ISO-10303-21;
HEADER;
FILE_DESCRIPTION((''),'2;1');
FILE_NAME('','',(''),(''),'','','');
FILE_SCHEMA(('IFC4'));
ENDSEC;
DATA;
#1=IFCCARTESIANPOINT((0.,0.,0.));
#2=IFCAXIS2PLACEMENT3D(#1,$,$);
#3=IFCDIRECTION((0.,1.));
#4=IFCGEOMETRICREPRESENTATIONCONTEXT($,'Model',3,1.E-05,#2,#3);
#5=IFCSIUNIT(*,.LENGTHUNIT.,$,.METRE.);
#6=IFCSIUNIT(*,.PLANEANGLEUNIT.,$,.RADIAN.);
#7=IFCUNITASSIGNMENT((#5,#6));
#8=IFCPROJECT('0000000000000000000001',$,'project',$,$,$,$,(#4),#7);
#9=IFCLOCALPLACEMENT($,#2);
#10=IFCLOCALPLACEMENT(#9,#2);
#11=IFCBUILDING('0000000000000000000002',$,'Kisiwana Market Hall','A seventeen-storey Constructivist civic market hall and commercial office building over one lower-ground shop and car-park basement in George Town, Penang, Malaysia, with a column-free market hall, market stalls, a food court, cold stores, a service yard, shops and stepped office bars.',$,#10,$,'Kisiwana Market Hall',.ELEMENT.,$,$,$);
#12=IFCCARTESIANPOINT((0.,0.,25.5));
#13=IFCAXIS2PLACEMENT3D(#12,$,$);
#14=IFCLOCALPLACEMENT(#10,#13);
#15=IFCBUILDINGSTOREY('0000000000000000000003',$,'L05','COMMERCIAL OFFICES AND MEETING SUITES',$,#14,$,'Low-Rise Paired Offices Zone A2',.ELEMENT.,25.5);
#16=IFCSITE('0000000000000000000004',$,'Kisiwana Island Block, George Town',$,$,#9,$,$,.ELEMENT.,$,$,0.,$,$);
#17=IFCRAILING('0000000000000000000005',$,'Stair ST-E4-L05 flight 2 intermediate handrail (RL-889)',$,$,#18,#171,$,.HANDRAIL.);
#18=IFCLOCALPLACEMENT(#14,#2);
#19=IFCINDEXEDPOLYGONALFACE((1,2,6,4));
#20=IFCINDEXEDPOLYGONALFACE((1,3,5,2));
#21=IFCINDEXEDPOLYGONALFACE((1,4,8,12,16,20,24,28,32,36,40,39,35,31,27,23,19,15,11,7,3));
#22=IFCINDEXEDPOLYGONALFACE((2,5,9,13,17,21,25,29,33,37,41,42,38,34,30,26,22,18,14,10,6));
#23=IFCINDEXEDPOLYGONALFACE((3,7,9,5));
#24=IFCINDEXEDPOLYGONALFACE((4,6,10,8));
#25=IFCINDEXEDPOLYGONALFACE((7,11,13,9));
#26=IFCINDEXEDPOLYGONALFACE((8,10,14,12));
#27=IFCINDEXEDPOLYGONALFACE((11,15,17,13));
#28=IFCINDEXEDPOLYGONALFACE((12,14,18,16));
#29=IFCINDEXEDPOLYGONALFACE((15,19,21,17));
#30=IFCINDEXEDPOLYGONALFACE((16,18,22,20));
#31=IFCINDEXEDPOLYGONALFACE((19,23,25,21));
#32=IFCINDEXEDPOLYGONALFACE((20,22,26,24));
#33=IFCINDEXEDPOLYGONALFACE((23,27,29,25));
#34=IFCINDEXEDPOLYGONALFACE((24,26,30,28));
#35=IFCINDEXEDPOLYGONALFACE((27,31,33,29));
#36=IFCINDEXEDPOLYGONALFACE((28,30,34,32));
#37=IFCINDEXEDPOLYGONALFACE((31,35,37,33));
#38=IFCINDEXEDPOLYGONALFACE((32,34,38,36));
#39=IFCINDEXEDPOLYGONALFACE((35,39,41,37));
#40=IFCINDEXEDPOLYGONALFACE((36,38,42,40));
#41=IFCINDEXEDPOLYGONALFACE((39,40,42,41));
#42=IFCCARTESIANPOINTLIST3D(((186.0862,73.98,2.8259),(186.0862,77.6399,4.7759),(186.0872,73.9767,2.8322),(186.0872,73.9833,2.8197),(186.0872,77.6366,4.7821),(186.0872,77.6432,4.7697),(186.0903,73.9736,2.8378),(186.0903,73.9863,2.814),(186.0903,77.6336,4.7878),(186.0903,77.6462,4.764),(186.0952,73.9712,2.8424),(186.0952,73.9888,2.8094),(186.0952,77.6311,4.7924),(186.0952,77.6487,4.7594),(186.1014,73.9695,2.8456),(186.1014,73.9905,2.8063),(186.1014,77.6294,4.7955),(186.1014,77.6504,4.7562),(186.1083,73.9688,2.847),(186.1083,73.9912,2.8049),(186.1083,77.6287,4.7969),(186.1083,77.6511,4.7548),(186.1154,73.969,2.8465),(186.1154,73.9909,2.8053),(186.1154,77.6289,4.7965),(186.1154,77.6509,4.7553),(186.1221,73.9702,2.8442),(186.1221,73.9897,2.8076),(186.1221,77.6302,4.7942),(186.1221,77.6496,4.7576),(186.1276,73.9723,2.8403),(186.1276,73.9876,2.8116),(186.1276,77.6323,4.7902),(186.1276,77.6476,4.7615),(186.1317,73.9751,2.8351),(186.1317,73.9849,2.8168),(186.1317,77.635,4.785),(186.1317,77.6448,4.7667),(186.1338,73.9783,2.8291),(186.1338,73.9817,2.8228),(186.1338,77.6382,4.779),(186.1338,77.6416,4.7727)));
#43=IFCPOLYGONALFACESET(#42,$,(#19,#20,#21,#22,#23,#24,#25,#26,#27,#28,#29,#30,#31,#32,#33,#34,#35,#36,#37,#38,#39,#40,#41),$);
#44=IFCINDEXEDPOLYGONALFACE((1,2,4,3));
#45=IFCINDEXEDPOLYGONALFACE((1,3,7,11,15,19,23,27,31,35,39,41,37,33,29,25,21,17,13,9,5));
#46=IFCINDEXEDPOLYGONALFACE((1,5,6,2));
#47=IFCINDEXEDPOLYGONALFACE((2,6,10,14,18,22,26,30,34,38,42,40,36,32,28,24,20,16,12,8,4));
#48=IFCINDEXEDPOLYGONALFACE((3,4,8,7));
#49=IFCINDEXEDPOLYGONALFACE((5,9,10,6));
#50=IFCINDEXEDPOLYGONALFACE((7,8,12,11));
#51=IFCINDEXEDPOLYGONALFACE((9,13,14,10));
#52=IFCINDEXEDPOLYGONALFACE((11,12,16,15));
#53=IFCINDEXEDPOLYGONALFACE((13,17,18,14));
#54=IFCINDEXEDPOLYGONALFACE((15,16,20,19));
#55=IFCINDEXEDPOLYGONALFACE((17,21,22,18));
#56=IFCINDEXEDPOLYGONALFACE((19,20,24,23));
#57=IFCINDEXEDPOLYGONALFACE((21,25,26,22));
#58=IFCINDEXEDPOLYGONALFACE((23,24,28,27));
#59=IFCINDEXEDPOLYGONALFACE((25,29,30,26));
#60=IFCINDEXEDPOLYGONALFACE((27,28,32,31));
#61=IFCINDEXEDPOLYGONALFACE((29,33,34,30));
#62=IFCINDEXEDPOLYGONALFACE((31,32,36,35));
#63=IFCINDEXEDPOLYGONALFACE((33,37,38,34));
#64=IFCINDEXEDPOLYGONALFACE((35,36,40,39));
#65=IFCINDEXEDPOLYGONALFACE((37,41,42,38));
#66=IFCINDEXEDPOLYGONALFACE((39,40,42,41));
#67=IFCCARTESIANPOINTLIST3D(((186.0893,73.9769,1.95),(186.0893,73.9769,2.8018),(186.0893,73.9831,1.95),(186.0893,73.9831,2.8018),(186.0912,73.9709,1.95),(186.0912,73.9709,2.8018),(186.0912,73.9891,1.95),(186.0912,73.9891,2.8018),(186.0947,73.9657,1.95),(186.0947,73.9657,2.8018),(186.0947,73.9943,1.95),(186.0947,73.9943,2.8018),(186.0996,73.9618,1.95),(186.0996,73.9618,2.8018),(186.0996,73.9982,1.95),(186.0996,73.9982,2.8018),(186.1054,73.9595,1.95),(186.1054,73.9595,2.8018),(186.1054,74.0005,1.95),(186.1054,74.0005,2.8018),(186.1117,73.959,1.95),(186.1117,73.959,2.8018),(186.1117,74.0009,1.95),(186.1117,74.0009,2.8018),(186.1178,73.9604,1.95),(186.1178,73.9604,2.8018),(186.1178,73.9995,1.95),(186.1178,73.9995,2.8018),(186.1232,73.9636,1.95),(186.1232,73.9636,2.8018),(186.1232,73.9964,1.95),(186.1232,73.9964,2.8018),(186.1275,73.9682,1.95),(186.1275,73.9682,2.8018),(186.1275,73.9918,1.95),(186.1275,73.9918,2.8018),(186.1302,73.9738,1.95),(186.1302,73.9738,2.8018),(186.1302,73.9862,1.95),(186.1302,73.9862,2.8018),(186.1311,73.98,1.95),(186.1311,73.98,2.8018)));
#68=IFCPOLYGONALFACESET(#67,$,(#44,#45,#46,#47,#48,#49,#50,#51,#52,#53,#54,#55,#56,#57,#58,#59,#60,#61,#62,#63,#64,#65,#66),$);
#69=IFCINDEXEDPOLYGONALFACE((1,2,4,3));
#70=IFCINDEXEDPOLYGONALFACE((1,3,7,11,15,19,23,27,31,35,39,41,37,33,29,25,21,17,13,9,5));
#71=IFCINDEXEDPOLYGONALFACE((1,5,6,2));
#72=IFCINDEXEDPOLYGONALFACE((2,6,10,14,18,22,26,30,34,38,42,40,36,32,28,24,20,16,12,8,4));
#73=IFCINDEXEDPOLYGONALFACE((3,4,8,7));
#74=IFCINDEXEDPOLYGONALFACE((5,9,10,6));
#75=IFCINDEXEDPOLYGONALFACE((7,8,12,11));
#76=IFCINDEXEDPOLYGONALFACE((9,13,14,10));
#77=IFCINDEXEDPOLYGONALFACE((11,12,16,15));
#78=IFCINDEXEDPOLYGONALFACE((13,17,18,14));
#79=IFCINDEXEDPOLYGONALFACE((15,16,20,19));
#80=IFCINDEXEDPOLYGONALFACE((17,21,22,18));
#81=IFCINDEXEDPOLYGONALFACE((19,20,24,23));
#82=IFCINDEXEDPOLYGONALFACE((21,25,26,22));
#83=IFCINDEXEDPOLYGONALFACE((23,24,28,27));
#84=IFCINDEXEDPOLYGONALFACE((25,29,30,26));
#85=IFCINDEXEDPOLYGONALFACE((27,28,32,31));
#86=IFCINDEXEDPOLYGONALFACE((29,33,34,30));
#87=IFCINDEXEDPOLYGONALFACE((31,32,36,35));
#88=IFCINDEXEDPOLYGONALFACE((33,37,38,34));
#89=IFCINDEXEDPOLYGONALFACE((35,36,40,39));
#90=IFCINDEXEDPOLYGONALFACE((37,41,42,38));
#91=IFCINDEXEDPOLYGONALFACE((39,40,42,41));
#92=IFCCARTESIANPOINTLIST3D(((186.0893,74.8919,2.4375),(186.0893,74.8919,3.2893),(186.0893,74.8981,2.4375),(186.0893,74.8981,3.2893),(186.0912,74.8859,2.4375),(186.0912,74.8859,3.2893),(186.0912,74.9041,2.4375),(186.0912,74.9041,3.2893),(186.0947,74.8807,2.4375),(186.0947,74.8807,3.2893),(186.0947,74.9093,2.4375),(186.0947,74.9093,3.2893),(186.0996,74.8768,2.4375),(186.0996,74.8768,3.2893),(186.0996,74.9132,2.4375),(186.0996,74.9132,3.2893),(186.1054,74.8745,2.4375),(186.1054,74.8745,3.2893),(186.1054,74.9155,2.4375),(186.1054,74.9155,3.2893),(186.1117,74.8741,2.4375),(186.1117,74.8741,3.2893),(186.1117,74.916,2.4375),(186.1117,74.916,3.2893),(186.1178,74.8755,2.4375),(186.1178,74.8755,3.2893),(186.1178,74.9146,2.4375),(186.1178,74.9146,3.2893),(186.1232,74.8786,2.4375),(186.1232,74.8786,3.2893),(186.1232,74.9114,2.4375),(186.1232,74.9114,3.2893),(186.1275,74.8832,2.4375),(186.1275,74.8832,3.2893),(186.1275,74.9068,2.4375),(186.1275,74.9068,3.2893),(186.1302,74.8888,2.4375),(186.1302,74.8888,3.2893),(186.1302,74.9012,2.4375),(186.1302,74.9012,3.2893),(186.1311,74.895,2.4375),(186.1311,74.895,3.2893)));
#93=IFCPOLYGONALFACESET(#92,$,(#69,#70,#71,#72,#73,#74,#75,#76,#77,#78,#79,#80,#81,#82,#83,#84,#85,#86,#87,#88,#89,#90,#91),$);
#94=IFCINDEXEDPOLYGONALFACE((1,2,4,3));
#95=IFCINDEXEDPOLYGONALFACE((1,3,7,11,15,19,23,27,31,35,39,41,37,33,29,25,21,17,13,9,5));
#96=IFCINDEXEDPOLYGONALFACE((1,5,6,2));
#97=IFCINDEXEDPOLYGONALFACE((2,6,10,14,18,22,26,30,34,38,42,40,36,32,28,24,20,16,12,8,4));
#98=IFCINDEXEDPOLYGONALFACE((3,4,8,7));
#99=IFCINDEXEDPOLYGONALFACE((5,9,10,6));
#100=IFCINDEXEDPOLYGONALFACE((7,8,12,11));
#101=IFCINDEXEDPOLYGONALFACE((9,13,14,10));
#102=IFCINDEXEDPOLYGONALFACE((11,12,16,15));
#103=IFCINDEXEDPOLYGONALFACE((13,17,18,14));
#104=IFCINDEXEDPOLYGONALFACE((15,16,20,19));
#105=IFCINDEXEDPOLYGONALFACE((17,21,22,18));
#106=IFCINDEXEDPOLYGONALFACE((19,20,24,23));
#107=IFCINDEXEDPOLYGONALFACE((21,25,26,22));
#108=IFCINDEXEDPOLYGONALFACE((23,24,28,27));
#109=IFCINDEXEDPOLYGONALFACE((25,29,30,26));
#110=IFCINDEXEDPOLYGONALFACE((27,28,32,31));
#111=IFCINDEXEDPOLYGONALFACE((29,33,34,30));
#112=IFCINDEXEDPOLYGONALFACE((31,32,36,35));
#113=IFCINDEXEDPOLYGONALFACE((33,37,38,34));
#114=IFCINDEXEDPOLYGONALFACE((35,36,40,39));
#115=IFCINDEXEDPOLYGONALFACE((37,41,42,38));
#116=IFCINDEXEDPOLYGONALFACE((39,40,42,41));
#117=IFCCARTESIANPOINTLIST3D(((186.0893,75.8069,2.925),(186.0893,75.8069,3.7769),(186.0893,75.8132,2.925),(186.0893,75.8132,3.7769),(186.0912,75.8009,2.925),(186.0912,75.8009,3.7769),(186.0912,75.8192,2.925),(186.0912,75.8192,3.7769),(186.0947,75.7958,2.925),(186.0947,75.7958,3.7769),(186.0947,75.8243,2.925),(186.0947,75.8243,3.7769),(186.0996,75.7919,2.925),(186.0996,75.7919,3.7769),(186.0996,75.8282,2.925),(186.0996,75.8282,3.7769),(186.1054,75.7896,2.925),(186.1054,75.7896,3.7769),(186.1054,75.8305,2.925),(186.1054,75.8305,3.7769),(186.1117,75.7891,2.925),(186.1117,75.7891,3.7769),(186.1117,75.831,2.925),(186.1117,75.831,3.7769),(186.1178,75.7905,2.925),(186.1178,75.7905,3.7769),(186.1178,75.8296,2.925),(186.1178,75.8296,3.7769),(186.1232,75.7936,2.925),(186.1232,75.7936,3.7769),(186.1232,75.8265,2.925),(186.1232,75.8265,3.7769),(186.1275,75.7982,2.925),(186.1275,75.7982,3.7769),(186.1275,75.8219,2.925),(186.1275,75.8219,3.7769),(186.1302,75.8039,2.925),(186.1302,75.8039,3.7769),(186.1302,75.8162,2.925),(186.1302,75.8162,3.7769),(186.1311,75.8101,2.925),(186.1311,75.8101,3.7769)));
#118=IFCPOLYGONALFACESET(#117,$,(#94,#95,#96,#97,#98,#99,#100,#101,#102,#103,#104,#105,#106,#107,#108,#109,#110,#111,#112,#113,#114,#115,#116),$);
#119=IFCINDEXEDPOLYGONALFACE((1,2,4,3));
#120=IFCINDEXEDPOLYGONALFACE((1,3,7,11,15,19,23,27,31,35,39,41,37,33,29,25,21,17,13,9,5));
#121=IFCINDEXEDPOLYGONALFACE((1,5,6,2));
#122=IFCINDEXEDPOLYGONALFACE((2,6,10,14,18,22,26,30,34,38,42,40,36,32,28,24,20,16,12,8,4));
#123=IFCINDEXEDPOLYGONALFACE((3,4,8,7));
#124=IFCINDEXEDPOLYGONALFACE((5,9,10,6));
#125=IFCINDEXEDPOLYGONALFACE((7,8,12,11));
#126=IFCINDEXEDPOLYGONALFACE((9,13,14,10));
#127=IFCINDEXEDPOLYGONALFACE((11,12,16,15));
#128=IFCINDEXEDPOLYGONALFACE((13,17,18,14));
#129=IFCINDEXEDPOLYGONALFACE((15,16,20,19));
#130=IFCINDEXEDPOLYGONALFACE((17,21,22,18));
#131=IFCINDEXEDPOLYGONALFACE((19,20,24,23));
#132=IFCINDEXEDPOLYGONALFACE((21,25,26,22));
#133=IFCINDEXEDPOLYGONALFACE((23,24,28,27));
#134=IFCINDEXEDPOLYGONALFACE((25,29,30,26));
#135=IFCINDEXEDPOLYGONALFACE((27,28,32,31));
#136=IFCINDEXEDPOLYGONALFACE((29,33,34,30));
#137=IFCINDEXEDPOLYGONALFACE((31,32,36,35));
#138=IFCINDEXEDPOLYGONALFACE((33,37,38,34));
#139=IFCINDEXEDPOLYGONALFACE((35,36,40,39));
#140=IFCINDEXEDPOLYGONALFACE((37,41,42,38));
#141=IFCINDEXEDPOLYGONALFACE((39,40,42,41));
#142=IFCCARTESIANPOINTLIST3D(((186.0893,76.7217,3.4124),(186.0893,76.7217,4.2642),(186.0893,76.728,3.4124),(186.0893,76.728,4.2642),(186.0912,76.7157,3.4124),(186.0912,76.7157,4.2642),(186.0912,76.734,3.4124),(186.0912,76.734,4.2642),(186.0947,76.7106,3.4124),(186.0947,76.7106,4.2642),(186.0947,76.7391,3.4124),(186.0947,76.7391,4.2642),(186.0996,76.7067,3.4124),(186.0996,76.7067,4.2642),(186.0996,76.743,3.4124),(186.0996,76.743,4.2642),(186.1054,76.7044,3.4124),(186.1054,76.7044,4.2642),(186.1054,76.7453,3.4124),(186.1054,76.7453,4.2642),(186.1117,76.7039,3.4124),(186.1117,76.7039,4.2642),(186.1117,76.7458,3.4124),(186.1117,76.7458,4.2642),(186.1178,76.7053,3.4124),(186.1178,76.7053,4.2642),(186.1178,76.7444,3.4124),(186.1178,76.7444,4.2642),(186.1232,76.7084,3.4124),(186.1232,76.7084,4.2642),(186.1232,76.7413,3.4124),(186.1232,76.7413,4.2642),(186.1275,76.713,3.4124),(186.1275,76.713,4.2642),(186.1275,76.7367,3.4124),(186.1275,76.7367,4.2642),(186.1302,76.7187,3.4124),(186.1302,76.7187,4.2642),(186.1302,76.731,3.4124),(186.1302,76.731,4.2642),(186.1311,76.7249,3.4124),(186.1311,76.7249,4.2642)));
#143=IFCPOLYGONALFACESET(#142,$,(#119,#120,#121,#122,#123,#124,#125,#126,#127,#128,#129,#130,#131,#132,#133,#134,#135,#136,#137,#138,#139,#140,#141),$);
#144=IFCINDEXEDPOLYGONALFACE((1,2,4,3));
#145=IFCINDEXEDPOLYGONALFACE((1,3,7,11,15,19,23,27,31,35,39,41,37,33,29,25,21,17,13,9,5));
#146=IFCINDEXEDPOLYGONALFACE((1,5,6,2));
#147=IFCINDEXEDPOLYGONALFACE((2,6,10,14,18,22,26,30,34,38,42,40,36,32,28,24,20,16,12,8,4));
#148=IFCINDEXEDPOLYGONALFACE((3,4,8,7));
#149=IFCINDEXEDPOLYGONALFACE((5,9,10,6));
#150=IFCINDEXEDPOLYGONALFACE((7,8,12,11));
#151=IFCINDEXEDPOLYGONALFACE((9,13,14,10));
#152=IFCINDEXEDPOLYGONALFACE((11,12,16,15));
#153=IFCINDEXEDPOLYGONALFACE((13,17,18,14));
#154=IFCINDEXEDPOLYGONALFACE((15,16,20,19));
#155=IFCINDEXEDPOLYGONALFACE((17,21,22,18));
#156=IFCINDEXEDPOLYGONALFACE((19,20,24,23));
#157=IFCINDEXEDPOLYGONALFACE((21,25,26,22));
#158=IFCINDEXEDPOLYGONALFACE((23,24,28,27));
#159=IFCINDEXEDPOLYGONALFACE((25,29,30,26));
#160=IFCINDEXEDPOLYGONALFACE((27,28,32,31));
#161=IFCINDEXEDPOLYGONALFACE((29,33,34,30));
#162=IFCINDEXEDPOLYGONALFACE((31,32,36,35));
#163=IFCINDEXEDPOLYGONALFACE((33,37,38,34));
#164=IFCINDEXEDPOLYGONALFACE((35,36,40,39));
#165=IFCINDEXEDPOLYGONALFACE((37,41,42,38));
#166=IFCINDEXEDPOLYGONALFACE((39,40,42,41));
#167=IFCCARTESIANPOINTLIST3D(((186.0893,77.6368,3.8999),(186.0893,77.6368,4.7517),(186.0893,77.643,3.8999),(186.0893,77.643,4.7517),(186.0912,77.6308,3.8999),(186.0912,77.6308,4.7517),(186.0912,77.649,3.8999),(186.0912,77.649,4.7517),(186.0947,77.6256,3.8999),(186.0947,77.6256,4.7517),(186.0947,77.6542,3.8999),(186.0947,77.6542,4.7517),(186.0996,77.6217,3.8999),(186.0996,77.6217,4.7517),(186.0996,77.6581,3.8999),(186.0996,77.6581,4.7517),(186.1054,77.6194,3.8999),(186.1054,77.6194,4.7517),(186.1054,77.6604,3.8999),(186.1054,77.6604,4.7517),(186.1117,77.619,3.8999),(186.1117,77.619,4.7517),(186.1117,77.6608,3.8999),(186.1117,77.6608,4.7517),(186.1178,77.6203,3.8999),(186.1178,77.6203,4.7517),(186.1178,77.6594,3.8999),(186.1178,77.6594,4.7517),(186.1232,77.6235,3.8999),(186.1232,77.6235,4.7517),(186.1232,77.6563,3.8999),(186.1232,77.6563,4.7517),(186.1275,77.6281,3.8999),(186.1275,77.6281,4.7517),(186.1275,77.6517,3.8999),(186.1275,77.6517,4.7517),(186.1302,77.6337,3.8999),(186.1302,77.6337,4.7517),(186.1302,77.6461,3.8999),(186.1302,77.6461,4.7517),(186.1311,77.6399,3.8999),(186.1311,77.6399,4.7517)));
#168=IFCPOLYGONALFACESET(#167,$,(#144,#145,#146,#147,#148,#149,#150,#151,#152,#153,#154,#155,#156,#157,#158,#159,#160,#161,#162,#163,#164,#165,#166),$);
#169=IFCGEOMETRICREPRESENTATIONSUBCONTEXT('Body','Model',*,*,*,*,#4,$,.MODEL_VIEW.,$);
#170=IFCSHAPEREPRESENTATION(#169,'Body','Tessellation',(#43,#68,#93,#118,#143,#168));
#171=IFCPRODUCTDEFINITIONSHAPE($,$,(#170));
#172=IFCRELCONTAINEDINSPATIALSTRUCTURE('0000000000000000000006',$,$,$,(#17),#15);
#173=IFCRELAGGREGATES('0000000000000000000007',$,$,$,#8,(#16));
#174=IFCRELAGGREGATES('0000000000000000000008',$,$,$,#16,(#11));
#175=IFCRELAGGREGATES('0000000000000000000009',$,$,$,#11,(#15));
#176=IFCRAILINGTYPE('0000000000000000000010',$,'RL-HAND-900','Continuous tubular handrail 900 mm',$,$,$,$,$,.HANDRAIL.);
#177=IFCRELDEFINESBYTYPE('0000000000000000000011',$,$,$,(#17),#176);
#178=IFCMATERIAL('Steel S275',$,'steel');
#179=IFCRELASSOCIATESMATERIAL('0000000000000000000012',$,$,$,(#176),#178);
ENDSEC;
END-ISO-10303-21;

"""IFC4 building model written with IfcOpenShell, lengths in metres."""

from ifc_helpers import new_model, si_unit, direction, frame, origin, origin_2d, place, context, subcontext, project, spatial, circle, extrude, material, type_object, element, save


model = new_model("IFC4")

# Units and contexts
model_context = context("Model", 3, precision=1e-05, world=origin(), true_north=direction((0.0, 1.0)))
body_context = subcontext(model_context, "Body", "Model", "MODEL_VIEW")
ifc_project = project(units=[si_unit("LENGTHUNIT", "METRE"), si_unit("PLANEANGLEUNIT", "RADIAN")], contexts=[model_context])

# Site, building, storey
site_placement = place(None, origin())
site = spatial("IfcSite", under=ifc_project, at=site_placement, Name="Kisiwana Island Block, George Town", CompositionType="ELEMENT", RefElevation=0.0)
building_placement = place(site_placement, origin())
building = spatial("IfcBuilding", under=site, at=building_placement, Name="Kisiwana Market Hall", Description="A seventeen-storey Constructivist civic market hall and commercial office building over one lower-ground shop and car-park basement in George Town, Penang, Malaysia, with a column-free market hall, market stalls, a food court, cold stores, a service yard, shops and stepped office bars.", LongName="Kisiwana Market Hall", CompositionType="ELEMENT")
storey_placement = place(building_placement, frame((0.0, 0.0, 25.5)))
storey = spatial("IfcBuildingStorey", under=building, at=storey_placement, Name="L05", Description="COMMERCIAL OFFICES AND MEETING SUITES", LongName="Low-Rise Paired Offices Zone A2", CompositionType="ELEMENT", Elevation=25.5)

# Railing
ifc_material_1 = material(Name="Steel S275", Category="steel")
railing_type_1 = type_object("IfcRailingType", Name="RL-HAND-900", Description="Continuous tubular handrail 900 mm", PredefinedType="HANDRAIL", material=ifc_material_1)
for number, where, name in (
    (1, (186.1101, 73.98, 1.95), "Stair ST-E4-L05 flight 2 intermediate handrail (RL-889)"),
):
    element("IfcRailing", number, at=place(storey_placement, frame(where)), inside=storey, type_object=railing_type_1, Name=name, PredefinedType="HANDRAIL", context=body_context, shape_type="SweptSolid", body=[
        extrude(circle(Radius=0.0239, at=origin_2d()), frame((0.0, 0.0, 0.876), z_axis=(0.0, 0.882553, 0.470212), x_axis=(-1.0, 0.0, 0.0)), (0.0, 0.0, 1.0), 4.147),
        extrude(circle(Radius=0.021, at=origin_2d()), origin(), (0.0, 0.0, 1.0), 0.8518),
        extrude(circle(Radius=0.021, at=origin_2d()), frame((0.0, 0.915, 0.4875)), (0.0, 0.0, 1.0), 0.8518),
        extrude(circle(Radius=0.021, at=origin_2d()), frame((0.0, 1.8301, 0.9751)), (0.0, 0.0, 1.0), 0.8518),
        extrude(circle(Radius=0.021, at=origin_2d()), frame((0.0, 2.7449, 1.4624)), (0.0, 0.0, 1.0), 0.8518),
        extrude(circle(Radius=0.021, at=origin_2d()), frame((0.0, 3.6599, 1.95)), (0.0, 0.0, 1.0), 0.8518),
    ])

save(model, "model.ifc")
